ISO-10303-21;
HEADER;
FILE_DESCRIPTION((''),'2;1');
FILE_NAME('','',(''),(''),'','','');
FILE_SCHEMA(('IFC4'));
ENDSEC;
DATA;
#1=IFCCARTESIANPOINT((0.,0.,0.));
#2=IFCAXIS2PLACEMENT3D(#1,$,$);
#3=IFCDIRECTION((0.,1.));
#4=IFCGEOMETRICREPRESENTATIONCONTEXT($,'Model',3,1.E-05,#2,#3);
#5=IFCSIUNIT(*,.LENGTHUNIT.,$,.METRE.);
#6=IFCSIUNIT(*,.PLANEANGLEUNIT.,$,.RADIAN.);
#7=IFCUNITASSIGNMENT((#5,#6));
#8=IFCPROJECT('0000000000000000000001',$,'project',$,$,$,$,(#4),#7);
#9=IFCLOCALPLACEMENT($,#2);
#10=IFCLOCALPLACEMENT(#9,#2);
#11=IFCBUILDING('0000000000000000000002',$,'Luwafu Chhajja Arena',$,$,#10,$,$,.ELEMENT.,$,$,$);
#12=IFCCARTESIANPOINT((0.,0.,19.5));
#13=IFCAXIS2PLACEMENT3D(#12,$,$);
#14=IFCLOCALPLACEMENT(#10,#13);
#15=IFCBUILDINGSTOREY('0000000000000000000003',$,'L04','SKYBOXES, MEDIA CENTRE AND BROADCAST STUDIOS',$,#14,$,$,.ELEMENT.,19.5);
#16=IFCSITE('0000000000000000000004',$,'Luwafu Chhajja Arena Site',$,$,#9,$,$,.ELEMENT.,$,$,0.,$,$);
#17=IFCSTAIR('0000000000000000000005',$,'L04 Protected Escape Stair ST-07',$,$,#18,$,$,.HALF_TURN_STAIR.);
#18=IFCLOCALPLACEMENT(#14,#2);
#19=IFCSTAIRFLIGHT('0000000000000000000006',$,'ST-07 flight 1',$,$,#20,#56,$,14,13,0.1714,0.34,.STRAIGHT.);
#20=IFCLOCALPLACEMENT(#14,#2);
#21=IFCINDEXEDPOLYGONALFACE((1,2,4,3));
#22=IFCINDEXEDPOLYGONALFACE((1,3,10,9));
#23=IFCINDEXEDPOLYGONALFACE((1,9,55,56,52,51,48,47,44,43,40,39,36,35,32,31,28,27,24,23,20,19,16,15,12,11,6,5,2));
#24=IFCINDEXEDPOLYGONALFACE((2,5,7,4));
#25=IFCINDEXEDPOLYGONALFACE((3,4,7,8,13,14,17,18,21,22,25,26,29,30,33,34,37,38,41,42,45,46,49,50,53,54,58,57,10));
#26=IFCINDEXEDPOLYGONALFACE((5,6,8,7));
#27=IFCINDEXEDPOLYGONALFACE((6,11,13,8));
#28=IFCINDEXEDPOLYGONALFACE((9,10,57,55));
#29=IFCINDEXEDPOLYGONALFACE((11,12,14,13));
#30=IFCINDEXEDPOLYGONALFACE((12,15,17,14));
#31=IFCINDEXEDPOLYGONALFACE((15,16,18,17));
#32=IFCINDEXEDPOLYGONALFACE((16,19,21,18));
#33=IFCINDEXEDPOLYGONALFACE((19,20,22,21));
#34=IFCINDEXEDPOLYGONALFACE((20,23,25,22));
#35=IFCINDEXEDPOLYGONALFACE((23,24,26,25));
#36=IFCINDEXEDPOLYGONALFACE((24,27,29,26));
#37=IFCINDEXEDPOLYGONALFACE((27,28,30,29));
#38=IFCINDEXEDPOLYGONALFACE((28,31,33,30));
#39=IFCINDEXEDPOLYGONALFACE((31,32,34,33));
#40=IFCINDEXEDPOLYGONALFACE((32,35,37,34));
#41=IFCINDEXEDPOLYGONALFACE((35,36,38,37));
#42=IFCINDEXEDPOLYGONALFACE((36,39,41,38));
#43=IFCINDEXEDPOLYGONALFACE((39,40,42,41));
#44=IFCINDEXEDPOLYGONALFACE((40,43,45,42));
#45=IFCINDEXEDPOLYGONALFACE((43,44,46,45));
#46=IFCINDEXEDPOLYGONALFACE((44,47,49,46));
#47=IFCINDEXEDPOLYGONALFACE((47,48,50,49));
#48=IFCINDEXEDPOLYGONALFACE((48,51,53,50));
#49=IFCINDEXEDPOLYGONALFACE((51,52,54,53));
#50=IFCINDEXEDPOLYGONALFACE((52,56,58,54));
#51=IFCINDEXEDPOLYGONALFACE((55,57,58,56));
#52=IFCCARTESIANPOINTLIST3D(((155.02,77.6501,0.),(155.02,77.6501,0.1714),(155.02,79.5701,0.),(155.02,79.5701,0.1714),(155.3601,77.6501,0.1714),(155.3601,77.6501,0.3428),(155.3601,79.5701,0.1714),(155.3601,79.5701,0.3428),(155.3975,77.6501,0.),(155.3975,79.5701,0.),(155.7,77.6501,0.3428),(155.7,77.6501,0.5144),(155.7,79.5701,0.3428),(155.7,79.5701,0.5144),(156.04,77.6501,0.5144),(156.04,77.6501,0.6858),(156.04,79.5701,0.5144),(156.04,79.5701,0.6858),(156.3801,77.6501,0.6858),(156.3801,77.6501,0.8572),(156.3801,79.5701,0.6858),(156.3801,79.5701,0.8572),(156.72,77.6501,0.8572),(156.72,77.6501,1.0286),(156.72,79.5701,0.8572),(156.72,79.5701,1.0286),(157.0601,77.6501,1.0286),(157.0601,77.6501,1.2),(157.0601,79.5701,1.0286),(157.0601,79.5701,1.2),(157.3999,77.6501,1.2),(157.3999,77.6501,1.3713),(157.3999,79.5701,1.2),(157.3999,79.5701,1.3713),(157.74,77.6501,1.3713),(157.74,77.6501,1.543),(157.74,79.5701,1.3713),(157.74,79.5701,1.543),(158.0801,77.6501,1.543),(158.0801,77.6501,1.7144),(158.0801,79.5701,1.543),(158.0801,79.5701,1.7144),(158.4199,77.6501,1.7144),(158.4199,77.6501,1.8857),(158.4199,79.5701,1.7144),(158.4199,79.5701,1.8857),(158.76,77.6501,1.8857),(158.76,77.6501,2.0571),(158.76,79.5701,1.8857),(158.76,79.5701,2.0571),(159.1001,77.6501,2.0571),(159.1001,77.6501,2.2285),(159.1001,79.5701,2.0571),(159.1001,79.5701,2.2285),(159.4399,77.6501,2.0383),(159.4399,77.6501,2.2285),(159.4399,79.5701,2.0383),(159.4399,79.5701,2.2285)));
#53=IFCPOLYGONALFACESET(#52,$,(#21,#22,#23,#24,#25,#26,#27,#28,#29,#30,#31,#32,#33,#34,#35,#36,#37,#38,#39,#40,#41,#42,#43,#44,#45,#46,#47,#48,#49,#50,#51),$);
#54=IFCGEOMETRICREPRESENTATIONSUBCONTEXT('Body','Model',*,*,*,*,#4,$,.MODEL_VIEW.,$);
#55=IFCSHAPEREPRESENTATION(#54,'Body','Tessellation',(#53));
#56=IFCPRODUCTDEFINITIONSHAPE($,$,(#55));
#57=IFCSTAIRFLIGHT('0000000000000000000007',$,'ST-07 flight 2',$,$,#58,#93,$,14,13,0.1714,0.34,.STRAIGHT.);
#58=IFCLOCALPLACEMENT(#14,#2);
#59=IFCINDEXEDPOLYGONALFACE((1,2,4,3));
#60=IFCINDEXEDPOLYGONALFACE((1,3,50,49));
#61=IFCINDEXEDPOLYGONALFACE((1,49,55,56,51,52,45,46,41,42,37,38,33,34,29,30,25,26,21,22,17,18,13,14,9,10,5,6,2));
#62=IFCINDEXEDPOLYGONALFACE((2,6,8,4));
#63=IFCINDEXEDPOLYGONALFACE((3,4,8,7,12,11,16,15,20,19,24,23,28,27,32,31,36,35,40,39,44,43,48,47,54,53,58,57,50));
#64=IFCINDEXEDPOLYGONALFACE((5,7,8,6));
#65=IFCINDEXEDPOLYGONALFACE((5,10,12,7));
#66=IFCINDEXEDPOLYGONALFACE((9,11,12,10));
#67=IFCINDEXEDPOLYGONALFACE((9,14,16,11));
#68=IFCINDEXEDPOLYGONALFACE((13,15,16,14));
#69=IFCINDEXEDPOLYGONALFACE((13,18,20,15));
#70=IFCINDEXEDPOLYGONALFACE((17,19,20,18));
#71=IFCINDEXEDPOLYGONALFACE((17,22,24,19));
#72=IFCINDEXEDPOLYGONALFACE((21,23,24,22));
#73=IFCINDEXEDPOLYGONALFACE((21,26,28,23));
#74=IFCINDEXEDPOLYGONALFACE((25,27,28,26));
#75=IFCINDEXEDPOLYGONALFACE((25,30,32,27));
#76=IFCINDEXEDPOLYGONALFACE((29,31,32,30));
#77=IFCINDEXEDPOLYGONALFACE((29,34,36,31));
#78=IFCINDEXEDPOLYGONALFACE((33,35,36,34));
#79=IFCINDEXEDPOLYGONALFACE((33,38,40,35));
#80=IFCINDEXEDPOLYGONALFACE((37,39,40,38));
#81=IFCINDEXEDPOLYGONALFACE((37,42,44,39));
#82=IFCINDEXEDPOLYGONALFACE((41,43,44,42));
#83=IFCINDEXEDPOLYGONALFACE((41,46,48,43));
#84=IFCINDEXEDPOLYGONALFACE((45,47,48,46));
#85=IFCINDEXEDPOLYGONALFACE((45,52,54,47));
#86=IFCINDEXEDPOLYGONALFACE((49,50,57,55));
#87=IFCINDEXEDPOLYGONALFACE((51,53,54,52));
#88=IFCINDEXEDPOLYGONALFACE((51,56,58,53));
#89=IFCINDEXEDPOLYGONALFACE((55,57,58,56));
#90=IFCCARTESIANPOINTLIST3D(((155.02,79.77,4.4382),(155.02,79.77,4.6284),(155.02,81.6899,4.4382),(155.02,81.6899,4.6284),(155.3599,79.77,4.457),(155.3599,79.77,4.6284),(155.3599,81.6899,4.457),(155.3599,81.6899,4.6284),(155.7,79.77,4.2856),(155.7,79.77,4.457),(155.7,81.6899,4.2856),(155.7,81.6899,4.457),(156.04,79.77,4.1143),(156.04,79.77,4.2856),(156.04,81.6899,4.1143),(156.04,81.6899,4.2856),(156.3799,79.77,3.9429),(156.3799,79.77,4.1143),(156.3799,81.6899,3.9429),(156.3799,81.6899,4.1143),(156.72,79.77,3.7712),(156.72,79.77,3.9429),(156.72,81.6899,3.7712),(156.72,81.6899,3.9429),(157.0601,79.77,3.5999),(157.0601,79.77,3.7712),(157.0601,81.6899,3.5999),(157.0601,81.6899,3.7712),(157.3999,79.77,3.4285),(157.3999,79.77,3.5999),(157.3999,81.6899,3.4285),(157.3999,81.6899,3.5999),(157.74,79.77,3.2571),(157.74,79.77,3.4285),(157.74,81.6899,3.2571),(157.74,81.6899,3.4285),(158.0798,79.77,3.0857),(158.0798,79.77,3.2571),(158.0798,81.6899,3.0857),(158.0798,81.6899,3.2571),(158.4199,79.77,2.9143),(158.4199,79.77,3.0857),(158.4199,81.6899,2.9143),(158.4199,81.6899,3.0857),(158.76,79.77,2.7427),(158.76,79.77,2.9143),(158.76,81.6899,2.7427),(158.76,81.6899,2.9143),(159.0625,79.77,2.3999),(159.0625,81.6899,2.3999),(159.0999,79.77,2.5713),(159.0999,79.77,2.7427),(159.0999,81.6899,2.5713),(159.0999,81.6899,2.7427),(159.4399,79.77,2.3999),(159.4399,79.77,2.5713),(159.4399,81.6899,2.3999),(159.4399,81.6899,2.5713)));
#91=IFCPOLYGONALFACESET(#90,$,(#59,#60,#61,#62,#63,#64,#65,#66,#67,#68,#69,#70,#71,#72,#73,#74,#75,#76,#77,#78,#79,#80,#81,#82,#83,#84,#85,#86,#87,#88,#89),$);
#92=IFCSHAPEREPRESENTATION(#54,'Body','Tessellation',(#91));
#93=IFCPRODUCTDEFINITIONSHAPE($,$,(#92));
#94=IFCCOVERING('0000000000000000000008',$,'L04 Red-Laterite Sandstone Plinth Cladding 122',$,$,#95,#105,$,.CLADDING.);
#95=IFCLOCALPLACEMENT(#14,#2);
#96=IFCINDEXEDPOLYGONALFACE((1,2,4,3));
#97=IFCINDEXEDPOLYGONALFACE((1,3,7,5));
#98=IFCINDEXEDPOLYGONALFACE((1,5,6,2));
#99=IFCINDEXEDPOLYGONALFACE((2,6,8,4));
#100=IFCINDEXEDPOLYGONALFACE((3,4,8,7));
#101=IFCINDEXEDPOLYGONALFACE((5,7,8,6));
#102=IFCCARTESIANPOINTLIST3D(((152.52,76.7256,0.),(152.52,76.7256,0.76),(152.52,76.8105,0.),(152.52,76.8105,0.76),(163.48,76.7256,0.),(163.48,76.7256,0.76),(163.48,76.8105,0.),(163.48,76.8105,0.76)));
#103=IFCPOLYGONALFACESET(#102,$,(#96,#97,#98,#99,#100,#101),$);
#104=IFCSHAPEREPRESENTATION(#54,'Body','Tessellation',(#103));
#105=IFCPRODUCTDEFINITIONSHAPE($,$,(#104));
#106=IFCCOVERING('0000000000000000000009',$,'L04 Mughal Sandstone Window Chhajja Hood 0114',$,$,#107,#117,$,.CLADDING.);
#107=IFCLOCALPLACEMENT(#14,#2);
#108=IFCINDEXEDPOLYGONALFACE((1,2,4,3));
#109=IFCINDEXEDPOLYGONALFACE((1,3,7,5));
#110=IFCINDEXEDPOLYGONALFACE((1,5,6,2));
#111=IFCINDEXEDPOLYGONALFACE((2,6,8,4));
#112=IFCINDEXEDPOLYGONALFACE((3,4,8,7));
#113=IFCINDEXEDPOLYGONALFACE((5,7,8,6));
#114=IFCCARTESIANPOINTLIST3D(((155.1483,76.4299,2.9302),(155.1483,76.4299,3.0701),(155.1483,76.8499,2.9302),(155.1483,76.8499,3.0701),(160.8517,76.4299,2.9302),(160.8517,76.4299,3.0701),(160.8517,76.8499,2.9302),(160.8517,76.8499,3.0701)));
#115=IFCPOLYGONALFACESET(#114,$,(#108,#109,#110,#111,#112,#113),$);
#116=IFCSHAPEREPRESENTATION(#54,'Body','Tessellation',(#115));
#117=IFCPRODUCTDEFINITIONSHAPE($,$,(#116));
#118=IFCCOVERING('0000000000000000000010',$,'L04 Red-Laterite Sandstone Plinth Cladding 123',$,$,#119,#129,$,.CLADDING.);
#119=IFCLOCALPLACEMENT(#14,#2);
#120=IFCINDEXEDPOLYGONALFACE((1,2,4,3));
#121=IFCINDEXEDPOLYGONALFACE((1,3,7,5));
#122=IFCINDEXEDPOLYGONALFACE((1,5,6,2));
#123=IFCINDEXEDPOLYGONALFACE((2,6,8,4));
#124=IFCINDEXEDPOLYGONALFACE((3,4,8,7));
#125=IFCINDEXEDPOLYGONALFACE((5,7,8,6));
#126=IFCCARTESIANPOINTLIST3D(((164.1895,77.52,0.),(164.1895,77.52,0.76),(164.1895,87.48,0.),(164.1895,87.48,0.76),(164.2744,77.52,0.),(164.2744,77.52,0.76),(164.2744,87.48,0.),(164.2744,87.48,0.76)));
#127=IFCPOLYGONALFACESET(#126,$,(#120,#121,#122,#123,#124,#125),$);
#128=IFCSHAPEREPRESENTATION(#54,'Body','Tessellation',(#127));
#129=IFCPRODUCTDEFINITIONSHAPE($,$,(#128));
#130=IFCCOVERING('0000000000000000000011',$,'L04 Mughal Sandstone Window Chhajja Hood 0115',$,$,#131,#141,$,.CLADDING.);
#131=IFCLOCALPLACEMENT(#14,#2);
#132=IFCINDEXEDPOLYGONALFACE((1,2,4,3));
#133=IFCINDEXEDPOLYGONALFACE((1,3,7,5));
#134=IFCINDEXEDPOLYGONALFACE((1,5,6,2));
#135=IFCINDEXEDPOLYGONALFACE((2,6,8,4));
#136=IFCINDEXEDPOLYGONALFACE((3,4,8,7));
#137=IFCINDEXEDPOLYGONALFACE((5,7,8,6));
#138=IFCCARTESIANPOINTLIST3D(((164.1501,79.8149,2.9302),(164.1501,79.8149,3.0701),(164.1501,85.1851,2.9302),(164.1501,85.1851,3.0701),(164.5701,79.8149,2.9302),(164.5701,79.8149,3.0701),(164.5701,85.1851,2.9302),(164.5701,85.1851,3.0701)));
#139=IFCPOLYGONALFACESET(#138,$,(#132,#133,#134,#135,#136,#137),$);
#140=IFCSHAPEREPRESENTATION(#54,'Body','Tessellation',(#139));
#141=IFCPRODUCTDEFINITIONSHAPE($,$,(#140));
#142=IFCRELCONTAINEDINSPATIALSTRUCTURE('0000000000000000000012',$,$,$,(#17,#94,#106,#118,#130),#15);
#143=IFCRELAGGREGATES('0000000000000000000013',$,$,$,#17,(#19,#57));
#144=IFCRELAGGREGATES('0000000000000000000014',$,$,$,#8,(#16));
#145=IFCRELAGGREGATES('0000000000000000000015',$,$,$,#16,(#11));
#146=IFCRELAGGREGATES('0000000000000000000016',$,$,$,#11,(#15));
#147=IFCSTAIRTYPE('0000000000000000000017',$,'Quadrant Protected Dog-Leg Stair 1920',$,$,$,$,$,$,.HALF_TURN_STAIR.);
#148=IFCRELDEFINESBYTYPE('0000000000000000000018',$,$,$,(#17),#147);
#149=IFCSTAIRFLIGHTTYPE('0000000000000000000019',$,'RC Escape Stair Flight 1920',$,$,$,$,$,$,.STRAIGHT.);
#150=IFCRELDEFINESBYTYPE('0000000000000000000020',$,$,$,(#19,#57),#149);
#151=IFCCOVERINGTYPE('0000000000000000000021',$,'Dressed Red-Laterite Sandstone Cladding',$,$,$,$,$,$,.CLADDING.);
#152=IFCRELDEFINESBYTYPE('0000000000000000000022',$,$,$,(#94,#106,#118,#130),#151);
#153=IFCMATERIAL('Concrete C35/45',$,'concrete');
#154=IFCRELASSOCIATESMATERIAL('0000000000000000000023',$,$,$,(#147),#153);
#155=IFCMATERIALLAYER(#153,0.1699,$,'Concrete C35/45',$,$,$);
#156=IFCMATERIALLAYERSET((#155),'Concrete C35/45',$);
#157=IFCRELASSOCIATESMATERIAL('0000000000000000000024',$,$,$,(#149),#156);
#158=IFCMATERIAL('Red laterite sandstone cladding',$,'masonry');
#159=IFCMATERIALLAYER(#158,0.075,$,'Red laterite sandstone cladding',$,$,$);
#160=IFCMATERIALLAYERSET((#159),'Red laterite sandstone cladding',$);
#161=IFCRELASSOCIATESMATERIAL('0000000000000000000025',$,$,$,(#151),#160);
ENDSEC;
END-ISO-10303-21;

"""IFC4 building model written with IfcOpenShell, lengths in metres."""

from ifc_helpers import new_model, si_unit, direction, frame, origin, origin_2d, place, context, subcontext, project, spatial, polyline, rectangle, outline, extrude, material, layer, layer_set, type_object, element, aggregate, save


model = new_model("IFC4")

# Units and contexts
model_context = context("Model", 3, precision=1e-05, world=origin(), true_north=direction((0.0, 1.0)))
body_context = subcontext(model_context, "Body", "Model", "MODEL_VIEW")
ifc_project = project(units=[si_unit("LENGTHUNIT", "METRE"), si_unit("PLANEANGLEUNIT", "RADIAN")], contexts=[model_context])

# Site, building, storey
site_placement = place(None, origin())
site = spatial("IfcSite", under=ifc_project, at=site_placement, Name="Luwafu Chhajja Arena Site", CompositionType="ELEMENT", RefElevation=0.0)
building_placement = place(site_placement, origin())
building = spatial("IfcBuilding", under=site, at=building_placement, Name="Luwafu Chhajja Arena", CompositionType="ELEMENT")
storey_placement = place(building_placement, frame((0.0, 0.0, 19.5)))
storey = spatial("IfcBuildingStorey", under=building, at=storey_placement, Name="L04", Description="SKYBOXES, MEDIA CENTRE AND BROADCAST STUDIOS", CompositionType="ELEMENT", Elevation=19.5)

# Shared definitions
ifc_material_1 = material(Name="Concrete C35/45", Category="concrete")

# Stair, stair flights
stair_type = type_object("IfcStairType", Name="Quadrant Protected Dog-Leg Stair 1920", PredefinedType="HALF_TURN_STAIR", material=ifc_material_1)
stair_placement = place(storey_placement, origin())
stair = element("IfcStair", 1, at=stair_placement, inside=storey, type_object=stair_type, Name="L04 Protected Escape Stair ST-07", PredefinedType="HALF_TURN_STAIR")
ifc_layer_1 = layer(ifc_material_1, 0.1699, Name="Concrete C35/45")
ifc_layer_set_1 = layer_set([ifc_layer_1], Name="Concrete C35/45")
stair_flight_type = type_object("IfcStairFlightType", Name="RC Escape Stair Flight 1920", PredefinedType="STRAIGHT", material=ifc_layer_set_1)
stair_flight_1_placement = place(storey_placement, frame((155.02, 78.6101, 0.0), z_axis=(0.0, 0.0, 1.0), x_axis=(1.0, 0.0, 0.0)))
stair_flight_1 = element("IfcStairFlight", 2, at=stair_flight_1_placement, type_object=stair_flight_type, Name="ST-07 flight 1", NumberOfRisers=14, NumberOfTreads=13, PredefinedType="STRAIGHT", RiserHeight=0.1714, TreadLength=0.34, context=body_context, shape_type="SweptSolid", body=[
    extrude(outline(polyline([(0.0, 0.0), (0.0, 0.1714), (0.3401, 0.1714), (0.3401, 0.3428), (0.6799, 0.3428), (0.6799, 0.5144), (1.02, 0.5144), (1.02, 0.6858), (1.3601, 0.6858), (1.3601, 0.8572), (1.7, 0.8572), (1.7, 1.0286), (2.04, 1.0286), (2.04, 1.2), (2.3799, 1.2), (2.3799, 1.3713), (2.72, 1.3713), (2.72, 1.543), (3.0601, 1.543), (3.0601, 1.7144), (3.3999, 1.7144), (3.3999, 1.8857), (3.74, 1.8857), (3.74, 2.0571), (4.0801, 2.0571), (4.0801, 2.2285), (4.4199, 2.2285), (4.4199, 2.3999), (4.4199, 2.0383), (0.3774, 0.0), (0.0, 0.0)])), frame((0.0, 0.96, 0.0), z_axis=(0.0, -1.0, 0.0), x_axis=(1.0, 0.0, 0.0)), (0.0, 0.0, 1.0), 1.9199),
])
stair_flight_2_placement = place(storey_placement, frame((159.4399, 80.73, 2.3999), z_axis=(0.0, 0.0, 1.0), x_axis=(-1.0, 0.0, 0.0)))
stair_flight_2 = element("IfcStairFlight", 3, at=stair_flight_2_placement, type_object=stair_flight_type, Name="ST-07 flight 2", NumberOfRisers=14, NumberOfTreads=13, PredefinedType="STRAIGHT", RiserHeight=0.1714, TreadLength=0.34, context=body_context, shape_type="SweptSolid", body=[
    extrude(outline(polyline([(0.0, 0.0), (0.0, 0.1714), (0.3401, 0.1714), (0.3401, 0.3428), (0.6799, 0.3428), (0.6799, 0.5144), (1.02, 0.5144), (1.02, 0.6858), (1.3601, 0.6858), (1.3601, 0.8572), (1.7, 0.8572), (1.7, 1.0286), (2.04, 1.0286), (2.04, 1.2), (2.3799, 1.2), (2.3799, 1.3713), (2.72, 1.3713), (2.72, 1.543), (3.0601, 1.543), (3.0601, 1.7144), (3.3999, 1.7144), (3.3999, 1.8857), (3.74, 1.8857), (3.74, 2.0571), (4.0801, 2.0571), (4.0801, 2.2285), (4.4199, 2.2285), (4.4199, 2.3999), (4.4199, 2.0383), (0.3774, 0.0), (0.0, 0.0)])), frame((0.0, 0.96, 0.0), z_axis=(0.0, -1.0, 0.0), x_axis=(1.0, 0.0, 0.0)), (0.0, 0.0, 1.0), 1.9199),
])
aggregate(stair, [stair_flight_1, stair_flight_2])

# Coverings
ifc_material_2 = material(Name="Red laterite sandstone cladding", Category="masonry")
ifc_layer_2 = layer(ifc_material_2, 0.075, Name="Red laterite sandstone cladding")
ifc_layer_set_2 = layer_set([ifc_layer_2], Name="Red laterite sandstone cladding")
covering_type = type_object("IfcCoveringType", Name="Dressed Red-Laterite Sandstone Cladding", PredefinedType="CLADDING", material=ifc_layer_set_2)
covering_1_placement = place(storey_placement, frame((158.0, 76.7681, 0.0), z_axis=(0.0, 0.0, 1.0), x_axis=(1.0, 0.0, 0.0)))
element("IfcCovering", 4, at=covering_1_placement, inside=storey, type_object=covering_type, Name="L04 Red-Laterite Sandstone Plinth Cladding 122", PredefinedType="CLADDING", context=body_context, shape_type="SweptSolid", body=[
    extrude(rectangle(XDim=10.96, YDim=0.085, at=origin_2d()), origin(), (0.0, 0.0, 1.0), 0.76),
])
covering_2_placement = place(storey_placement, frame((158.0, 76.6399, 2.9302), z_axis=(0.0, 0.0, 1.0), x_axis=(1.0, 0.0, 0.0)))
element("IfcCovering", 5, at=covering_2_placement, inside=storey, type_object=covering_type, Name="L04 Mughal Sandstone Window Chhajja Hood 0114", PredefinedType="CLADDING", context=body_context, shape_type="SweptSolid", body=[
    extrude(rectangle(XDim=5.7034, YDim=0.4199, at=origin_2d()), origin(), (0.0, 0.0, 1.0), 0.1399),
])
covering_3_placement = place(storey_placement, frame((164.2319, 82.5, 0.0), z_axis=(0.0, 0.0, 1.0), x_axis=(0.0, 1.0, 0.0)))
element("IfcCovering", 6, at=covering_3_placement, inside=storey, type_object=covering_type, Name="L04 Red-Laterite Sandstone Plinth Cladding 123", PredefinedType="CLADDING", context=body_context, shape_type="SweptSolid", body=[
    extrude(rectangle(XDim=9.96, YDim=0.085, at=origin_2d()), origin(), (0.0, 0.0, 1.0), 0.76),
])
covering_4_placement = place(storey_placement, frame((164.3601, 82.5, 2.9302), z_axis=(0.0, 0.0, 1.0), x_axis=(0.0, 1.0, 0.0)))
element("IfcCovering", 7, at=covering_4_placement, inside=storey, type_object=covering_type, Name="L04 Mughal Sandstone Window Chhajja Hood 0115", PredefinedType="CLADDING", context=body_context, shape_type="SweptSolid", body=[
    extrude(rectangle(XDim=5.3701, YDim=0.4199, at=origin_2d()), origin(), (0.0, 0.0, 1.0), 0.1399),
])

save(model, "model.ifc")
